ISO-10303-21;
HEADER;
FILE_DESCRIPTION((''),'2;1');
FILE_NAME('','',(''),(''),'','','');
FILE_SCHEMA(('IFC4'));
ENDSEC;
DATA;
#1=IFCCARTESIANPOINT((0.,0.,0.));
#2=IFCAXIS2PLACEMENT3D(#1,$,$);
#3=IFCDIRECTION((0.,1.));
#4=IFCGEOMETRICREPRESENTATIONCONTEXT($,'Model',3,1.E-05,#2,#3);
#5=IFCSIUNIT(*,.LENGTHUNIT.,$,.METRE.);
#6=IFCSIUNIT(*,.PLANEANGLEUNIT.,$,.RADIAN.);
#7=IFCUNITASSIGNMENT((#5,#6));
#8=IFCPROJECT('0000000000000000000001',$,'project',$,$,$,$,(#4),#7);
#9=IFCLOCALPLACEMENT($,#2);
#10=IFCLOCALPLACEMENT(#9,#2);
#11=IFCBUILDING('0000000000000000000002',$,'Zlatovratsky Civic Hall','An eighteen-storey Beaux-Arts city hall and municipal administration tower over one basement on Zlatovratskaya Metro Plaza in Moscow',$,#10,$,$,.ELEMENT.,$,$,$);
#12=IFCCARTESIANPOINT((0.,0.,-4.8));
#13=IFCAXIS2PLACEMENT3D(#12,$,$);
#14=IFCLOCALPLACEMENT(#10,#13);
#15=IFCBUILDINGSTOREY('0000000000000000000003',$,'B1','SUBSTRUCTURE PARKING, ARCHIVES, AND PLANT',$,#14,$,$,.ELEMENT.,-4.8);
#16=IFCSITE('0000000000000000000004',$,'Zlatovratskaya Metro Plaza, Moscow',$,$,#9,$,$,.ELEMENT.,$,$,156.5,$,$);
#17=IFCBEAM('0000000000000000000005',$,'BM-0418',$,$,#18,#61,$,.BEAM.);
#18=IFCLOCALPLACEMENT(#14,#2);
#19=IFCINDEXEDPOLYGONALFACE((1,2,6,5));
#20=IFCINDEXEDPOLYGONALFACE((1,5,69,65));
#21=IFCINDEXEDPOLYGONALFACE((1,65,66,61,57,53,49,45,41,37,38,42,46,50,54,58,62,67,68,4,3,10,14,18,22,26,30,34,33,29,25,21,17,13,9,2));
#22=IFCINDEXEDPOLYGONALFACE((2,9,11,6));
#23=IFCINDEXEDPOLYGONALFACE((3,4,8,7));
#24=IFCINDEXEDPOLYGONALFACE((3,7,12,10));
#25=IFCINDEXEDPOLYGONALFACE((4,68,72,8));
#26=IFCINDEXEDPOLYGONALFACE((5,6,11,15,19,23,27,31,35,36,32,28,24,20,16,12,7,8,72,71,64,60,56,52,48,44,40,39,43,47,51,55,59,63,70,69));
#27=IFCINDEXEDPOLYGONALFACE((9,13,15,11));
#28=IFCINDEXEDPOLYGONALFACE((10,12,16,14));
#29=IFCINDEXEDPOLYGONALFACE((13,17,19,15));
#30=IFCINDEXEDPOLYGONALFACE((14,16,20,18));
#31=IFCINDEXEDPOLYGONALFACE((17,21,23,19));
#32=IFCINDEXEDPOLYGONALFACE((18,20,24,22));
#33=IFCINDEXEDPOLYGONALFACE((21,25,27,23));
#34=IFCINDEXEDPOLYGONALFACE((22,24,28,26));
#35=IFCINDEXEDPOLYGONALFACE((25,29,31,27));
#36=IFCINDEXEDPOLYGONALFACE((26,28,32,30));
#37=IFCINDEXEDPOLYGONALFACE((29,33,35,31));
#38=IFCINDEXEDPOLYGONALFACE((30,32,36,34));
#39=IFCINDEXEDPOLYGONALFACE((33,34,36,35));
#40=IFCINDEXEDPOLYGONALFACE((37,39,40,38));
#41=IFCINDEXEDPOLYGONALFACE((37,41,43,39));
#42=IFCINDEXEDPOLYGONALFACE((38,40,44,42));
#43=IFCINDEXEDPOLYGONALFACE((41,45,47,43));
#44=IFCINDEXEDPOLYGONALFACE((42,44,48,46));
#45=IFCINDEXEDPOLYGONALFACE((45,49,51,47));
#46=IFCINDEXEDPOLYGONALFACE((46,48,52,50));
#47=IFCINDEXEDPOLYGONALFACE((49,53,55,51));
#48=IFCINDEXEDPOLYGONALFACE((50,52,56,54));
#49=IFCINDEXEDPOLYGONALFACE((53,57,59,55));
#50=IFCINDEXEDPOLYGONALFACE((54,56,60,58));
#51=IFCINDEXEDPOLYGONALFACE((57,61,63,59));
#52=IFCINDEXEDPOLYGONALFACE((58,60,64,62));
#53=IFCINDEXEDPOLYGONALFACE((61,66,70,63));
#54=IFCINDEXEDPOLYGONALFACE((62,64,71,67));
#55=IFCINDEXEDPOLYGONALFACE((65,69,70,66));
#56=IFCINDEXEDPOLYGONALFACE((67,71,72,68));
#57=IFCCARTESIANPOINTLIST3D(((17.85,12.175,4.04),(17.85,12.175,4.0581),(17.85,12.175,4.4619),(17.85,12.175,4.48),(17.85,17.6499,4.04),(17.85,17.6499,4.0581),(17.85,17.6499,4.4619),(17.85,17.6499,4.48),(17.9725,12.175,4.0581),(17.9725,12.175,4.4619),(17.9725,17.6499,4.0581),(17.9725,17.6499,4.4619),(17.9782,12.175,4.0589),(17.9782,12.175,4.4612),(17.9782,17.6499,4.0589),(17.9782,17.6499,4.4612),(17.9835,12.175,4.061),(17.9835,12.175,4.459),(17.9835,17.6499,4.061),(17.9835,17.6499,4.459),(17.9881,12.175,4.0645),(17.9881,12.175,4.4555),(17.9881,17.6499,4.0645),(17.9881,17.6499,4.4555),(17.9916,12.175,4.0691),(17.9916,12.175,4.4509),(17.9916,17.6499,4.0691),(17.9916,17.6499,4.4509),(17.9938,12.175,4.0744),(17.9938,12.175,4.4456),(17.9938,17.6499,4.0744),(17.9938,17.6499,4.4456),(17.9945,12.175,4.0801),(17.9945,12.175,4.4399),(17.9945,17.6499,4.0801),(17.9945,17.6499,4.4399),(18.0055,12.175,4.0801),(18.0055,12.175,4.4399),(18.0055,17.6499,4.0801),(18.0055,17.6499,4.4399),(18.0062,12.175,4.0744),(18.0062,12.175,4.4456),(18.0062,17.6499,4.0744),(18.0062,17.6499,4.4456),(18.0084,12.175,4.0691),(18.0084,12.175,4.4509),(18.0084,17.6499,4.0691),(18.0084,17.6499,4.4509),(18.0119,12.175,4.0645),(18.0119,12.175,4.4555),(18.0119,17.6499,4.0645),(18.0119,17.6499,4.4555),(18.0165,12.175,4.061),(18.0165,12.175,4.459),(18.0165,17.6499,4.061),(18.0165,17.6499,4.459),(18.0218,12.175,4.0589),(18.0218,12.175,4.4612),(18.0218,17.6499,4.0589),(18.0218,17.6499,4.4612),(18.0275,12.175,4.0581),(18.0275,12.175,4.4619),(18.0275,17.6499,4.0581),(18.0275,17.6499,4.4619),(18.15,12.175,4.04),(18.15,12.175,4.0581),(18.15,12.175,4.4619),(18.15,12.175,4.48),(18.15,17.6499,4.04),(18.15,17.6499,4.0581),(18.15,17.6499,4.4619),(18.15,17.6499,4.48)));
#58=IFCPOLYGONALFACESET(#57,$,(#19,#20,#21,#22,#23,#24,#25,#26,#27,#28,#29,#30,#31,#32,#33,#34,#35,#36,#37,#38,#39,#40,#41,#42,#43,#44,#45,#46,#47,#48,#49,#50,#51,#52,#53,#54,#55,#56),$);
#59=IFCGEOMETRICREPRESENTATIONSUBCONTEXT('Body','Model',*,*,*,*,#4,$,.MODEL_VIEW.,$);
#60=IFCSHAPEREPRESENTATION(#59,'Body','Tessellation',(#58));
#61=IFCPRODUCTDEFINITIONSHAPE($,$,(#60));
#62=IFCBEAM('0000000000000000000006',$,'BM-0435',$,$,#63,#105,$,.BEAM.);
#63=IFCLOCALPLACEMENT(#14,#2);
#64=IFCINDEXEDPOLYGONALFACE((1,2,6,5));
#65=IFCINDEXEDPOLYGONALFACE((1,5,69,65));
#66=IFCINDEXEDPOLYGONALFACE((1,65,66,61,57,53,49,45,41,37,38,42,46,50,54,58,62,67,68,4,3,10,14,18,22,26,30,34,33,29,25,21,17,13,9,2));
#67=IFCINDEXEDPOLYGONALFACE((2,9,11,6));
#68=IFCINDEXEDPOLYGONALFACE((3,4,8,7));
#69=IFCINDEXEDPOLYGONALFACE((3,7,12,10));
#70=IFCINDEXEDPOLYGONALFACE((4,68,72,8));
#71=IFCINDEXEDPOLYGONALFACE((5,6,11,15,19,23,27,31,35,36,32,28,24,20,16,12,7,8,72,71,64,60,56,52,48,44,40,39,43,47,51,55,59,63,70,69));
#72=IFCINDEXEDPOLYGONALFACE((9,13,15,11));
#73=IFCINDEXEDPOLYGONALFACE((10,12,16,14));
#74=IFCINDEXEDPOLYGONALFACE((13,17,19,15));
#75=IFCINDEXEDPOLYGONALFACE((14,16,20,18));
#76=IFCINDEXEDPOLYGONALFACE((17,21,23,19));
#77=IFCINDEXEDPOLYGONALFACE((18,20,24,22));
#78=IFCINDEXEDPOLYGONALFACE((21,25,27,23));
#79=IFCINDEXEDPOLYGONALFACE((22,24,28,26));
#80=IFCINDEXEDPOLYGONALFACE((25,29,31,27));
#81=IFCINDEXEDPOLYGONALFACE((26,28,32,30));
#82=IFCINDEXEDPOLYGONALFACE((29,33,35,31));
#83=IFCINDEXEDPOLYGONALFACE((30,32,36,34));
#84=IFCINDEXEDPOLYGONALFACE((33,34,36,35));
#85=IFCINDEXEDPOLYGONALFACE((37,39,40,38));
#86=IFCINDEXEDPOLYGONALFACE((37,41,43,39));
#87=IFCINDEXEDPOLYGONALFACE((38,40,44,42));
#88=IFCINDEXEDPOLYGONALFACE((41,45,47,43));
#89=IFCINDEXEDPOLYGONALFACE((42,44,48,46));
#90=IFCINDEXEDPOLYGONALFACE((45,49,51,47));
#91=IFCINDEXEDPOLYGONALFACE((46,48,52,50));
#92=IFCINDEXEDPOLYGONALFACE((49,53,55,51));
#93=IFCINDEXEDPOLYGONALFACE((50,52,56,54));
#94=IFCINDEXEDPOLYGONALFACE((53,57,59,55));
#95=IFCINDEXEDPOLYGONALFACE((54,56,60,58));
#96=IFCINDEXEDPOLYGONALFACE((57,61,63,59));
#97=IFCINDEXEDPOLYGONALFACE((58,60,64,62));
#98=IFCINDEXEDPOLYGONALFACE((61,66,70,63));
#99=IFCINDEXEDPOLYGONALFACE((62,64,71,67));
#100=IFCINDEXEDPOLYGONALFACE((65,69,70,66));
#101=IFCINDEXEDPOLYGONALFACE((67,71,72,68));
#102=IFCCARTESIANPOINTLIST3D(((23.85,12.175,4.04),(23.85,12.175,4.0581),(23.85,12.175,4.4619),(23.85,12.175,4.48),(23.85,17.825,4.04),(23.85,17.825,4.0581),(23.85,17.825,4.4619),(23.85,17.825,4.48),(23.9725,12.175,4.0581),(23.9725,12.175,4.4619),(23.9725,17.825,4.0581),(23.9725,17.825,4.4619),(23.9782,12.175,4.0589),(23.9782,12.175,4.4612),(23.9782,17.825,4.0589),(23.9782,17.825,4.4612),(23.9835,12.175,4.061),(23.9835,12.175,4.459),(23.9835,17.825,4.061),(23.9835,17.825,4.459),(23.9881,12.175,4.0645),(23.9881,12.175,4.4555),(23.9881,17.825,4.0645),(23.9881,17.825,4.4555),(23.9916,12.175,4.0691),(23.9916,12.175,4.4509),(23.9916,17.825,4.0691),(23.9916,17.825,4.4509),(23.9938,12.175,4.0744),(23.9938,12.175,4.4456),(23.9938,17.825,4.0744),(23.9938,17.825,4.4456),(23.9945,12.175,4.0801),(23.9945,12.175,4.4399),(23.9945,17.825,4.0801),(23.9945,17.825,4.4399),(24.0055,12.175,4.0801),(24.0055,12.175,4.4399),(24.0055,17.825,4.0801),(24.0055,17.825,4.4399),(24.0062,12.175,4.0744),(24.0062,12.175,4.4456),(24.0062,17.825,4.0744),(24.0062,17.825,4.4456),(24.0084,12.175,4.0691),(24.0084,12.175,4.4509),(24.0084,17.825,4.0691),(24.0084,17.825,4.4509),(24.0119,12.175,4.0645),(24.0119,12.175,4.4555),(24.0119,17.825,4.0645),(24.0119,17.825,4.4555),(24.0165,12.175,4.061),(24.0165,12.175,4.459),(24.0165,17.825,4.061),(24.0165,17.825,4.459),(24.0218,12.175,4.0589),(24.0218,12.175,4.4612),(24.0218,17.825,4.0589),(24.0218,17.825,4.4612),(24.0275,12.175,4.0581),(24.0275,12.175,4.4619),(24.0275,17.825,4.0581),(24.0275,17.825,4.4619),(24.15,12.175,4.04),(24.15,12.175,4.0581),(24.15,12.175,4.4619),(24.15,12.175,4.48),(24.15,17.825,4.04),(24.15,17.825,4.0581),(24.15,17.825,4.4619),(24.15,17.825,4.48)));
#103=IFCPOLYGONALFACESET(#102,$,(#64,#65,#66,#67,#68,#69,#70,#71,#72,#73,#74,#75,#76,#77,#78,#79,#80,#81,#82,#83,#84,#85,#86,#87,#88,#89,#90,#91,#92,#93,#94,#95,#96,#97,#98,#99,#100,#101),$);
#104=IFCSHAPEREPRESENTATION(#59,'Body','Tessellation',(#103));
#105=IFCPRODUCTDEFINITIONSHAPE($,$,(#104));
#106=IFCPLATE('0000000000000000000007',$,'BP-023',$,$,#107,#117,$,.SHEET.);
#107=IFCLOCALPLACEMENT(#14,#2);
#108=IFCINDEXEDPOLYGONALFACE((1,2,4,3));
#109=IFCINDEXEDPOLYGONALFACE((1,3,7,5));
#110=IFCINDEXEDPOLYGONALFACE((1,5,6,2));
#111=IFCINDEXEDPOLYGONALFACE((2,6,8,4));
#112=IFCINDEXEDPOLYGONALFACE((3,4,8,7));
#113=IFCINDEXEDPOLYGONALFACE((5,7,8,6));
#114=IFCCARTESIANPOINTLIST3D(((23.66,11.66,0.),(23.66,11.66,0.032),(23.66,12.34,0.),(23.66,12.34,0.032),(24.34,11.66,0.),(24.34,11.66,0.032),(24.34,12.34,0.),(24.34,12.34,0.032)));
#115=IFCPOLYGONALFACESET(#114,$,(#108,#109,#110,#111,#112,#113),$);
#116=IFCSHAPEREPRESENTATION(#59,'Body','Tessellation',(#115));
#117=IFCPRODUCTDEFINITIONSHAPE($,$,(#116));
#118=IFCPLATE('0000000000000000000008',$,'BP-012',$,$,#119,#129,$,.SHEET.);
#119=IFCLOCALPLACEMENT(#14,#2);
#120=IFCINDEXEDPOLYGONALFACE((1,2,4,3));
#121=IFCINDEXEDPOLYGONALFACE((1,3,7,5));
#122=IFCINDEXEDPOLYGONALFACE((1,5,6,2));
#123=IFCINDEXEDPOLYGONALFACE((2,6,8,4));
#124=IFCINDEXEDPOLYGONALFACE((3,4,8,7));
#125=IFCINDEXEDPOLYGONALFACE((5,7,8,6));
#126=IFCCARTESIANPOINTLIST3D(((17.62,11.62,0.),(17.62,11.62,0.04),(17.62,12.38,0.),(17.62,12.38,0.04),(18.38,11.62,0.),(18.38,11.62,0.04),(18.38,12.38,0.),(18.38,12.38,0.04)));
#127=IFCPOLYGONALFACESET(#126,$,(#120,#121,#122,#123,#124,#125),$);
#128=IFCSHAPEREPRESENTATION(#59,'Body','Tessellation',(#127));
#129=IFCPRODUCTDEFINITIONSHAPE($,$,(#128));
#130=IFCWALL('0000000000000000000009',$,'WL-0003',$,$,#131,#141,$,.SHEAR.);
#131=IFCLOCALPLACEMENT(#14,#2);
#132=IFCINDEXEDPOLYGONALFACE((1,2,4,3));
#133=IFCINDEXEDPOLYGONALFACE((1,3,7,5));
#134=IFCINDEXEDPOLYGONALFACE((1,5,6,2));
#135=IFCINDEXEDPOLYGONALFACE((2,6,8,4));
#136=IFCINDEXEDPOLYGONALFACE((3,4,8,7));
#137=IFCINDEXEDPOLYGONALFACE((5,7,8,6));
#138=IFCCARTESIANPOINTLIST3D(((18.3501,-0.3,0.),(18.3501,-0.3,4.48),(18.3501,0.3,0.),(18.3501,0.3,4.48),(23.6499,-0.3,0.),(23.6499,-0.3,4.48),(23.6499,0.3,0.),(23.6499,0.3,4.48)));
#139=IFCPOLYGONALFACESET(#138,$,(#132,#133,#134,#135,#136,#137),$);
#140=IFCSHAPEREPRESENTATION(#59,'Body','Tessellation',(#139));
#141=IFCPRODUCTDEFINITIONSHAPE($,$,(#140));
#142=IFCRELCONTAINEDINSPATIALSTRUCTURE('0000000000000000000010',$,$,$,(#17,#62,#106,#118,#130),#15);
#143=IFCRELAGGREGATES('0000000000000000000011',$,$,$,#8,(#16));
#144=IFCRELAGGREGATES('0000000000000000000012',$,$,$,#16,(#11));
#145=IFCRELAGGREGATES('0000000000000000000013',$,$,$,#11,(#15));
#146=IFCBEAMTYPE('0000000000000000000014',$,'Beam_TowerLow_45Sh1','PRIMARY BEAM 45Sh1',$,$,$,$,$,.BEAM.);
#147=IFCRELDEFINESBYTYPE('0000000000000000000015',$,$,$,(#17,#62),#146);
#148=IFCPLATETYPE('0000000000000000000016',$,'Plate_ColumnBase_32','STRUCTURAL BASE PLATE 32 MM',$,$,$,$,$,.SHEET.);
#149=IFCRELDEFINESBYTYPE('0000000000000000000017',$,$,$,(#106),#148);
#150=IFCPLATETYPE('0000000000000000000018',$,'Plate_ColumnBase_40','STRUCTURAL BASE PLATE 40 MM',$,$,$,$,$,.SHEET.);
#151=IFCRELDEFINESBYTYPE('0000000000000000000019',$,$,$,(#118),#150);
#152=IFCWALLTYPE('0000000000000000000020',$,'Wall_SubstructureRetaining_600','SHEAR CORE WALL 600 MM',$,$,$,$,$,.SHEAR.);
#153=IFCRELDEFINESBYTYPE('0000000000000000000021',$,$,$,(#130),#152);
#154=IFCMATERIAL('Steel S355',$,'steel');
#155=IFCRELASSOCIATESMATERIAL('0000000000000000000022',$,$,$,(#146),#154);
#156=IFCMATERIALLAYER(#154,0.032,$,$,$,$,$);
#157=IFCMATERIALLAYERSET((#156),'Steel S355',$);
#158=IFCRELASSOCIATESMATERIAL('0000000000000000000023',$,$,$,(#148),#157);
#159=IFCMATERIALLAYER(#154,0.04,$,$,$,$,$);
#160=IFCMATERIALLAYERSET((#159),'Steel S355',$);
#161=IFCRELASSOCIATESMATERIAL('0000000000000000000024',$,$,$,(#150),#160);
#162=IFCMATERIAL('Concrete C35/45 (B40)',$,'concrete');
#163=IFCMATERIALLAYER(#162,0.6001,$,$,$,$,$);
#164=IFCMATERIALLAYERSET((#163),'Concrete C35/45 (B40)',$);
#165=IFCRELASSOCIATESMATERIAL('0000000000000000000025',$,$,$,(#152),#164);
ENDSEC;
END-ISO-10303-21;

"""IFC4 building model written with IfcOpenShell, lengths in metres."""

from ifc_helpers import new_model, si_unit, direction, frame, frame_2d, origin, origin_2d, place, context, subcontext, project, spatial, rectangle, i_section, extrude, material, layer, layer_set, material_profile, profile_set, type_object, element, save


model = new_model("IFC4")

# Units and contexts
model_context = context("Model", 3, precision=1e-05, world=origin(), true_north=direction((0.0, 1.0)))
body_context = subcontext(model_context, "Body", "Model", "MODEL_VIEW")
ifc_project = project(units=[si_unit("LENGTHUNIT", "METRE"), si_unit("PLANEANGLEUNIT", "RADIAN")], contexts=[model_context])

# Site, building, storey
site_placement = place(None, origin())
site = spatial("IfcSite", under=ifc_project, at=site_placement, Name="Zlatovratskaya Metro Plaza, Moscow", CompositionType="ELEMENT", RefElevation=156.5)
building_placement = place(site_placement, origin())
building = spatial("IfcBuilding", under=site, at=building_placement, Name="Zlatovratsky Civic Hall", Description="An eighteen-storey Beaux-Arts city hall and municipal administration tower over one basement on Zlatovratskaya Metro Plaza in Moscow", CompositionType="ELEMENT")
storey_placement = place(building_placement, frame((0.0, 0.0, -4.8)))
storey = spatial("IfcBuildingStorey", under=building, at=storey_placement, Name="B1", Description="SUBSTRUCTURE PARKING, ARCHIVES, AND PLANT", CompositionType="ELEMENT", Elevation=-4.8)

# Shared definitions
ifc_material_1 = material(Name="Concrete C35/45 (B40)", Category="concrete")
ifc_material_2 = material(Name="Steel S355", Category="steel")

# Beams
ifc_material_profile_1 = material_profile(ifc_material_2, i_section(OverallWidth=0.3, OverallDepth=0.4399, WebThickness=0.011, FlangeThickness=0.0181, FilletRadius=0.022, at=origin_2d()), Name="45Sh1")
ifc_profile_set_1 = profile_set([ifc_material_profile_1], Name="Steel S355")
beam_type_1 = type_object("IfcBeamType", Name="Beam_TowerLow_45Sh1", Description="PRIMARY BEAM 45Sh1", PredefinedType="BEAM", material=ifc_profile_set_1)
beam_1_placement = place(storey_placement, frame((18.0, 12.175, 4.26), z_axis=(0.0, 1.0, 0.0), x_axis=(-1.0, 0.0, 0.0)))
element("IfcBeam", 1, at=beam_1_placement, inside=storey, type_object=beam_type_1, Name="BM-0418", PredefinedType="BEAM", context=body_context, shape_type="SweptSolid", body=[
    extrude(i_section(OverallWidth=0.3, OverallDepth=0.4399, WebThickness=0.011, FlangeThickness=0.0181, FilletRadius=0.022, at=origin_2d()), origin(), (0.0, 0.0, 1.0), 5.4749),
])
beam_2_placement = place(storey_placement, frame((24.0, 12.175, 4.26), z_axis=(0.0, 1.0, 0.0), x_axis=(-1.0, 0.0, 0.0)))
element("IfcBeam", 2, at=beam_2_placement, inside=storey, type_object=beam_type_1, Name="BM-0435", PredefinedType="BEAM", context=body_context, shape_type="SweptSolid", body=[
    extrude(i_section(OverallWidth=0.3, OverallDepth=0.4399, WebThickness=0.011, FlangeThickness=0.0181, FilletRadius=0.022, at=origin_2d()), origin(), (0.0, 0.0, 1.0), 5.6499),
])

# Plates
ifc_layer_1 = layer(ifc_material_2, 0.032)
ifc_layer_set_1 = layer_set([ifc_layer_1], Name="Steel S355")
plate_type_1 = type_object("IfcPlateType", Name="Plate_ColumnBase_32", Description="STRUCTURAL BASE PLATE 32 MM", PredefinedType="SHEET", material=ifc_layer_set_1)
plate_1_placement = place(storey_placement, frame((24.0, 12.0, 0.0), z_axis=(0.0, 0.0, 1.0), x_axis=(1.0, 0.0, 0.0)))
element("IfcPlate", 3, at=plate_1_placement, inside=storey, type_object=plate_type_1, Name="BP-023", PredefinedType="SHEET", context=body_context, shape_type="SweptSolid", body=[
    extrude(rectangle(XDim=0.6799, YDim=0.6799, at=origin_2d()), origin(), (0.0, 0.0, 1.0), 0.032),
])
ifc_layer_2 = layer(ifc_material_2, 0.04)
ifc_layer_set_2 = layer_set([ifc_layer_2], Name="Steel S355")
plate_type_2 = type_object("IfcPlateType", Name="Plate_ColumnBase_40", Description="STRUCTURAL BASE PLATE 40 MM", PredefinedType="SHEET", material=ifc_layer_set_2)
plate_2_placement = place(storey_placement, frame((18.0, 12.0, 0.0), z_axis=(0.0, 0.0, 1.0), x_axis=(1.0, 0.0, 0.0)))
element("IfcPlate", 4, at=plate_2_placement, inside=storey, type_object=plate_type_2, Name="BP-012", PredefinedType="SHEET", context=body_context, shape_type="SweptSolid", body=[
    extrude(rectangle(XDim=0.76, YDim=0.76, at=origin_2d()), origin(), (0.0, 0.0, 1.0), 0.04),
])

# Wall
ifc_layer_3 = layer(ifc_material_1, 0.6001)
ifc_layer_set_3 = layer_set([ifc_layer_3], Name="Concrete C35/45 (B40)")
wall_type = type_object("IfcWallType", Name="Wall_SubstructureRetaining_600", Description="SHEAR CORE WALL 600 MM", PredefinedType="SHEAR", material=ifc_layer_set_3)
wall_placement = place(storey_placement, frame((18.3501, 0.0, 0.0), z_axis=(0.0, 0.0, 1.0), x_axis=(1.0, 0.0, 0.0)))
element("IfcWall", 5, at=wall_placement, inside=storey, type_object=wall_type, Name="WL-0003", PredefinedType="SHEAR", context=body_context, shape_type="SweptSolid", body=[
    extrude(rectangle(XDim=5.2998, YDim=0.6001, at=frame_2d((2.6499, 0.0))), origin(), (0.0, 0.0, 1.0), 4.48),
])

save(model, "model.ifc")
